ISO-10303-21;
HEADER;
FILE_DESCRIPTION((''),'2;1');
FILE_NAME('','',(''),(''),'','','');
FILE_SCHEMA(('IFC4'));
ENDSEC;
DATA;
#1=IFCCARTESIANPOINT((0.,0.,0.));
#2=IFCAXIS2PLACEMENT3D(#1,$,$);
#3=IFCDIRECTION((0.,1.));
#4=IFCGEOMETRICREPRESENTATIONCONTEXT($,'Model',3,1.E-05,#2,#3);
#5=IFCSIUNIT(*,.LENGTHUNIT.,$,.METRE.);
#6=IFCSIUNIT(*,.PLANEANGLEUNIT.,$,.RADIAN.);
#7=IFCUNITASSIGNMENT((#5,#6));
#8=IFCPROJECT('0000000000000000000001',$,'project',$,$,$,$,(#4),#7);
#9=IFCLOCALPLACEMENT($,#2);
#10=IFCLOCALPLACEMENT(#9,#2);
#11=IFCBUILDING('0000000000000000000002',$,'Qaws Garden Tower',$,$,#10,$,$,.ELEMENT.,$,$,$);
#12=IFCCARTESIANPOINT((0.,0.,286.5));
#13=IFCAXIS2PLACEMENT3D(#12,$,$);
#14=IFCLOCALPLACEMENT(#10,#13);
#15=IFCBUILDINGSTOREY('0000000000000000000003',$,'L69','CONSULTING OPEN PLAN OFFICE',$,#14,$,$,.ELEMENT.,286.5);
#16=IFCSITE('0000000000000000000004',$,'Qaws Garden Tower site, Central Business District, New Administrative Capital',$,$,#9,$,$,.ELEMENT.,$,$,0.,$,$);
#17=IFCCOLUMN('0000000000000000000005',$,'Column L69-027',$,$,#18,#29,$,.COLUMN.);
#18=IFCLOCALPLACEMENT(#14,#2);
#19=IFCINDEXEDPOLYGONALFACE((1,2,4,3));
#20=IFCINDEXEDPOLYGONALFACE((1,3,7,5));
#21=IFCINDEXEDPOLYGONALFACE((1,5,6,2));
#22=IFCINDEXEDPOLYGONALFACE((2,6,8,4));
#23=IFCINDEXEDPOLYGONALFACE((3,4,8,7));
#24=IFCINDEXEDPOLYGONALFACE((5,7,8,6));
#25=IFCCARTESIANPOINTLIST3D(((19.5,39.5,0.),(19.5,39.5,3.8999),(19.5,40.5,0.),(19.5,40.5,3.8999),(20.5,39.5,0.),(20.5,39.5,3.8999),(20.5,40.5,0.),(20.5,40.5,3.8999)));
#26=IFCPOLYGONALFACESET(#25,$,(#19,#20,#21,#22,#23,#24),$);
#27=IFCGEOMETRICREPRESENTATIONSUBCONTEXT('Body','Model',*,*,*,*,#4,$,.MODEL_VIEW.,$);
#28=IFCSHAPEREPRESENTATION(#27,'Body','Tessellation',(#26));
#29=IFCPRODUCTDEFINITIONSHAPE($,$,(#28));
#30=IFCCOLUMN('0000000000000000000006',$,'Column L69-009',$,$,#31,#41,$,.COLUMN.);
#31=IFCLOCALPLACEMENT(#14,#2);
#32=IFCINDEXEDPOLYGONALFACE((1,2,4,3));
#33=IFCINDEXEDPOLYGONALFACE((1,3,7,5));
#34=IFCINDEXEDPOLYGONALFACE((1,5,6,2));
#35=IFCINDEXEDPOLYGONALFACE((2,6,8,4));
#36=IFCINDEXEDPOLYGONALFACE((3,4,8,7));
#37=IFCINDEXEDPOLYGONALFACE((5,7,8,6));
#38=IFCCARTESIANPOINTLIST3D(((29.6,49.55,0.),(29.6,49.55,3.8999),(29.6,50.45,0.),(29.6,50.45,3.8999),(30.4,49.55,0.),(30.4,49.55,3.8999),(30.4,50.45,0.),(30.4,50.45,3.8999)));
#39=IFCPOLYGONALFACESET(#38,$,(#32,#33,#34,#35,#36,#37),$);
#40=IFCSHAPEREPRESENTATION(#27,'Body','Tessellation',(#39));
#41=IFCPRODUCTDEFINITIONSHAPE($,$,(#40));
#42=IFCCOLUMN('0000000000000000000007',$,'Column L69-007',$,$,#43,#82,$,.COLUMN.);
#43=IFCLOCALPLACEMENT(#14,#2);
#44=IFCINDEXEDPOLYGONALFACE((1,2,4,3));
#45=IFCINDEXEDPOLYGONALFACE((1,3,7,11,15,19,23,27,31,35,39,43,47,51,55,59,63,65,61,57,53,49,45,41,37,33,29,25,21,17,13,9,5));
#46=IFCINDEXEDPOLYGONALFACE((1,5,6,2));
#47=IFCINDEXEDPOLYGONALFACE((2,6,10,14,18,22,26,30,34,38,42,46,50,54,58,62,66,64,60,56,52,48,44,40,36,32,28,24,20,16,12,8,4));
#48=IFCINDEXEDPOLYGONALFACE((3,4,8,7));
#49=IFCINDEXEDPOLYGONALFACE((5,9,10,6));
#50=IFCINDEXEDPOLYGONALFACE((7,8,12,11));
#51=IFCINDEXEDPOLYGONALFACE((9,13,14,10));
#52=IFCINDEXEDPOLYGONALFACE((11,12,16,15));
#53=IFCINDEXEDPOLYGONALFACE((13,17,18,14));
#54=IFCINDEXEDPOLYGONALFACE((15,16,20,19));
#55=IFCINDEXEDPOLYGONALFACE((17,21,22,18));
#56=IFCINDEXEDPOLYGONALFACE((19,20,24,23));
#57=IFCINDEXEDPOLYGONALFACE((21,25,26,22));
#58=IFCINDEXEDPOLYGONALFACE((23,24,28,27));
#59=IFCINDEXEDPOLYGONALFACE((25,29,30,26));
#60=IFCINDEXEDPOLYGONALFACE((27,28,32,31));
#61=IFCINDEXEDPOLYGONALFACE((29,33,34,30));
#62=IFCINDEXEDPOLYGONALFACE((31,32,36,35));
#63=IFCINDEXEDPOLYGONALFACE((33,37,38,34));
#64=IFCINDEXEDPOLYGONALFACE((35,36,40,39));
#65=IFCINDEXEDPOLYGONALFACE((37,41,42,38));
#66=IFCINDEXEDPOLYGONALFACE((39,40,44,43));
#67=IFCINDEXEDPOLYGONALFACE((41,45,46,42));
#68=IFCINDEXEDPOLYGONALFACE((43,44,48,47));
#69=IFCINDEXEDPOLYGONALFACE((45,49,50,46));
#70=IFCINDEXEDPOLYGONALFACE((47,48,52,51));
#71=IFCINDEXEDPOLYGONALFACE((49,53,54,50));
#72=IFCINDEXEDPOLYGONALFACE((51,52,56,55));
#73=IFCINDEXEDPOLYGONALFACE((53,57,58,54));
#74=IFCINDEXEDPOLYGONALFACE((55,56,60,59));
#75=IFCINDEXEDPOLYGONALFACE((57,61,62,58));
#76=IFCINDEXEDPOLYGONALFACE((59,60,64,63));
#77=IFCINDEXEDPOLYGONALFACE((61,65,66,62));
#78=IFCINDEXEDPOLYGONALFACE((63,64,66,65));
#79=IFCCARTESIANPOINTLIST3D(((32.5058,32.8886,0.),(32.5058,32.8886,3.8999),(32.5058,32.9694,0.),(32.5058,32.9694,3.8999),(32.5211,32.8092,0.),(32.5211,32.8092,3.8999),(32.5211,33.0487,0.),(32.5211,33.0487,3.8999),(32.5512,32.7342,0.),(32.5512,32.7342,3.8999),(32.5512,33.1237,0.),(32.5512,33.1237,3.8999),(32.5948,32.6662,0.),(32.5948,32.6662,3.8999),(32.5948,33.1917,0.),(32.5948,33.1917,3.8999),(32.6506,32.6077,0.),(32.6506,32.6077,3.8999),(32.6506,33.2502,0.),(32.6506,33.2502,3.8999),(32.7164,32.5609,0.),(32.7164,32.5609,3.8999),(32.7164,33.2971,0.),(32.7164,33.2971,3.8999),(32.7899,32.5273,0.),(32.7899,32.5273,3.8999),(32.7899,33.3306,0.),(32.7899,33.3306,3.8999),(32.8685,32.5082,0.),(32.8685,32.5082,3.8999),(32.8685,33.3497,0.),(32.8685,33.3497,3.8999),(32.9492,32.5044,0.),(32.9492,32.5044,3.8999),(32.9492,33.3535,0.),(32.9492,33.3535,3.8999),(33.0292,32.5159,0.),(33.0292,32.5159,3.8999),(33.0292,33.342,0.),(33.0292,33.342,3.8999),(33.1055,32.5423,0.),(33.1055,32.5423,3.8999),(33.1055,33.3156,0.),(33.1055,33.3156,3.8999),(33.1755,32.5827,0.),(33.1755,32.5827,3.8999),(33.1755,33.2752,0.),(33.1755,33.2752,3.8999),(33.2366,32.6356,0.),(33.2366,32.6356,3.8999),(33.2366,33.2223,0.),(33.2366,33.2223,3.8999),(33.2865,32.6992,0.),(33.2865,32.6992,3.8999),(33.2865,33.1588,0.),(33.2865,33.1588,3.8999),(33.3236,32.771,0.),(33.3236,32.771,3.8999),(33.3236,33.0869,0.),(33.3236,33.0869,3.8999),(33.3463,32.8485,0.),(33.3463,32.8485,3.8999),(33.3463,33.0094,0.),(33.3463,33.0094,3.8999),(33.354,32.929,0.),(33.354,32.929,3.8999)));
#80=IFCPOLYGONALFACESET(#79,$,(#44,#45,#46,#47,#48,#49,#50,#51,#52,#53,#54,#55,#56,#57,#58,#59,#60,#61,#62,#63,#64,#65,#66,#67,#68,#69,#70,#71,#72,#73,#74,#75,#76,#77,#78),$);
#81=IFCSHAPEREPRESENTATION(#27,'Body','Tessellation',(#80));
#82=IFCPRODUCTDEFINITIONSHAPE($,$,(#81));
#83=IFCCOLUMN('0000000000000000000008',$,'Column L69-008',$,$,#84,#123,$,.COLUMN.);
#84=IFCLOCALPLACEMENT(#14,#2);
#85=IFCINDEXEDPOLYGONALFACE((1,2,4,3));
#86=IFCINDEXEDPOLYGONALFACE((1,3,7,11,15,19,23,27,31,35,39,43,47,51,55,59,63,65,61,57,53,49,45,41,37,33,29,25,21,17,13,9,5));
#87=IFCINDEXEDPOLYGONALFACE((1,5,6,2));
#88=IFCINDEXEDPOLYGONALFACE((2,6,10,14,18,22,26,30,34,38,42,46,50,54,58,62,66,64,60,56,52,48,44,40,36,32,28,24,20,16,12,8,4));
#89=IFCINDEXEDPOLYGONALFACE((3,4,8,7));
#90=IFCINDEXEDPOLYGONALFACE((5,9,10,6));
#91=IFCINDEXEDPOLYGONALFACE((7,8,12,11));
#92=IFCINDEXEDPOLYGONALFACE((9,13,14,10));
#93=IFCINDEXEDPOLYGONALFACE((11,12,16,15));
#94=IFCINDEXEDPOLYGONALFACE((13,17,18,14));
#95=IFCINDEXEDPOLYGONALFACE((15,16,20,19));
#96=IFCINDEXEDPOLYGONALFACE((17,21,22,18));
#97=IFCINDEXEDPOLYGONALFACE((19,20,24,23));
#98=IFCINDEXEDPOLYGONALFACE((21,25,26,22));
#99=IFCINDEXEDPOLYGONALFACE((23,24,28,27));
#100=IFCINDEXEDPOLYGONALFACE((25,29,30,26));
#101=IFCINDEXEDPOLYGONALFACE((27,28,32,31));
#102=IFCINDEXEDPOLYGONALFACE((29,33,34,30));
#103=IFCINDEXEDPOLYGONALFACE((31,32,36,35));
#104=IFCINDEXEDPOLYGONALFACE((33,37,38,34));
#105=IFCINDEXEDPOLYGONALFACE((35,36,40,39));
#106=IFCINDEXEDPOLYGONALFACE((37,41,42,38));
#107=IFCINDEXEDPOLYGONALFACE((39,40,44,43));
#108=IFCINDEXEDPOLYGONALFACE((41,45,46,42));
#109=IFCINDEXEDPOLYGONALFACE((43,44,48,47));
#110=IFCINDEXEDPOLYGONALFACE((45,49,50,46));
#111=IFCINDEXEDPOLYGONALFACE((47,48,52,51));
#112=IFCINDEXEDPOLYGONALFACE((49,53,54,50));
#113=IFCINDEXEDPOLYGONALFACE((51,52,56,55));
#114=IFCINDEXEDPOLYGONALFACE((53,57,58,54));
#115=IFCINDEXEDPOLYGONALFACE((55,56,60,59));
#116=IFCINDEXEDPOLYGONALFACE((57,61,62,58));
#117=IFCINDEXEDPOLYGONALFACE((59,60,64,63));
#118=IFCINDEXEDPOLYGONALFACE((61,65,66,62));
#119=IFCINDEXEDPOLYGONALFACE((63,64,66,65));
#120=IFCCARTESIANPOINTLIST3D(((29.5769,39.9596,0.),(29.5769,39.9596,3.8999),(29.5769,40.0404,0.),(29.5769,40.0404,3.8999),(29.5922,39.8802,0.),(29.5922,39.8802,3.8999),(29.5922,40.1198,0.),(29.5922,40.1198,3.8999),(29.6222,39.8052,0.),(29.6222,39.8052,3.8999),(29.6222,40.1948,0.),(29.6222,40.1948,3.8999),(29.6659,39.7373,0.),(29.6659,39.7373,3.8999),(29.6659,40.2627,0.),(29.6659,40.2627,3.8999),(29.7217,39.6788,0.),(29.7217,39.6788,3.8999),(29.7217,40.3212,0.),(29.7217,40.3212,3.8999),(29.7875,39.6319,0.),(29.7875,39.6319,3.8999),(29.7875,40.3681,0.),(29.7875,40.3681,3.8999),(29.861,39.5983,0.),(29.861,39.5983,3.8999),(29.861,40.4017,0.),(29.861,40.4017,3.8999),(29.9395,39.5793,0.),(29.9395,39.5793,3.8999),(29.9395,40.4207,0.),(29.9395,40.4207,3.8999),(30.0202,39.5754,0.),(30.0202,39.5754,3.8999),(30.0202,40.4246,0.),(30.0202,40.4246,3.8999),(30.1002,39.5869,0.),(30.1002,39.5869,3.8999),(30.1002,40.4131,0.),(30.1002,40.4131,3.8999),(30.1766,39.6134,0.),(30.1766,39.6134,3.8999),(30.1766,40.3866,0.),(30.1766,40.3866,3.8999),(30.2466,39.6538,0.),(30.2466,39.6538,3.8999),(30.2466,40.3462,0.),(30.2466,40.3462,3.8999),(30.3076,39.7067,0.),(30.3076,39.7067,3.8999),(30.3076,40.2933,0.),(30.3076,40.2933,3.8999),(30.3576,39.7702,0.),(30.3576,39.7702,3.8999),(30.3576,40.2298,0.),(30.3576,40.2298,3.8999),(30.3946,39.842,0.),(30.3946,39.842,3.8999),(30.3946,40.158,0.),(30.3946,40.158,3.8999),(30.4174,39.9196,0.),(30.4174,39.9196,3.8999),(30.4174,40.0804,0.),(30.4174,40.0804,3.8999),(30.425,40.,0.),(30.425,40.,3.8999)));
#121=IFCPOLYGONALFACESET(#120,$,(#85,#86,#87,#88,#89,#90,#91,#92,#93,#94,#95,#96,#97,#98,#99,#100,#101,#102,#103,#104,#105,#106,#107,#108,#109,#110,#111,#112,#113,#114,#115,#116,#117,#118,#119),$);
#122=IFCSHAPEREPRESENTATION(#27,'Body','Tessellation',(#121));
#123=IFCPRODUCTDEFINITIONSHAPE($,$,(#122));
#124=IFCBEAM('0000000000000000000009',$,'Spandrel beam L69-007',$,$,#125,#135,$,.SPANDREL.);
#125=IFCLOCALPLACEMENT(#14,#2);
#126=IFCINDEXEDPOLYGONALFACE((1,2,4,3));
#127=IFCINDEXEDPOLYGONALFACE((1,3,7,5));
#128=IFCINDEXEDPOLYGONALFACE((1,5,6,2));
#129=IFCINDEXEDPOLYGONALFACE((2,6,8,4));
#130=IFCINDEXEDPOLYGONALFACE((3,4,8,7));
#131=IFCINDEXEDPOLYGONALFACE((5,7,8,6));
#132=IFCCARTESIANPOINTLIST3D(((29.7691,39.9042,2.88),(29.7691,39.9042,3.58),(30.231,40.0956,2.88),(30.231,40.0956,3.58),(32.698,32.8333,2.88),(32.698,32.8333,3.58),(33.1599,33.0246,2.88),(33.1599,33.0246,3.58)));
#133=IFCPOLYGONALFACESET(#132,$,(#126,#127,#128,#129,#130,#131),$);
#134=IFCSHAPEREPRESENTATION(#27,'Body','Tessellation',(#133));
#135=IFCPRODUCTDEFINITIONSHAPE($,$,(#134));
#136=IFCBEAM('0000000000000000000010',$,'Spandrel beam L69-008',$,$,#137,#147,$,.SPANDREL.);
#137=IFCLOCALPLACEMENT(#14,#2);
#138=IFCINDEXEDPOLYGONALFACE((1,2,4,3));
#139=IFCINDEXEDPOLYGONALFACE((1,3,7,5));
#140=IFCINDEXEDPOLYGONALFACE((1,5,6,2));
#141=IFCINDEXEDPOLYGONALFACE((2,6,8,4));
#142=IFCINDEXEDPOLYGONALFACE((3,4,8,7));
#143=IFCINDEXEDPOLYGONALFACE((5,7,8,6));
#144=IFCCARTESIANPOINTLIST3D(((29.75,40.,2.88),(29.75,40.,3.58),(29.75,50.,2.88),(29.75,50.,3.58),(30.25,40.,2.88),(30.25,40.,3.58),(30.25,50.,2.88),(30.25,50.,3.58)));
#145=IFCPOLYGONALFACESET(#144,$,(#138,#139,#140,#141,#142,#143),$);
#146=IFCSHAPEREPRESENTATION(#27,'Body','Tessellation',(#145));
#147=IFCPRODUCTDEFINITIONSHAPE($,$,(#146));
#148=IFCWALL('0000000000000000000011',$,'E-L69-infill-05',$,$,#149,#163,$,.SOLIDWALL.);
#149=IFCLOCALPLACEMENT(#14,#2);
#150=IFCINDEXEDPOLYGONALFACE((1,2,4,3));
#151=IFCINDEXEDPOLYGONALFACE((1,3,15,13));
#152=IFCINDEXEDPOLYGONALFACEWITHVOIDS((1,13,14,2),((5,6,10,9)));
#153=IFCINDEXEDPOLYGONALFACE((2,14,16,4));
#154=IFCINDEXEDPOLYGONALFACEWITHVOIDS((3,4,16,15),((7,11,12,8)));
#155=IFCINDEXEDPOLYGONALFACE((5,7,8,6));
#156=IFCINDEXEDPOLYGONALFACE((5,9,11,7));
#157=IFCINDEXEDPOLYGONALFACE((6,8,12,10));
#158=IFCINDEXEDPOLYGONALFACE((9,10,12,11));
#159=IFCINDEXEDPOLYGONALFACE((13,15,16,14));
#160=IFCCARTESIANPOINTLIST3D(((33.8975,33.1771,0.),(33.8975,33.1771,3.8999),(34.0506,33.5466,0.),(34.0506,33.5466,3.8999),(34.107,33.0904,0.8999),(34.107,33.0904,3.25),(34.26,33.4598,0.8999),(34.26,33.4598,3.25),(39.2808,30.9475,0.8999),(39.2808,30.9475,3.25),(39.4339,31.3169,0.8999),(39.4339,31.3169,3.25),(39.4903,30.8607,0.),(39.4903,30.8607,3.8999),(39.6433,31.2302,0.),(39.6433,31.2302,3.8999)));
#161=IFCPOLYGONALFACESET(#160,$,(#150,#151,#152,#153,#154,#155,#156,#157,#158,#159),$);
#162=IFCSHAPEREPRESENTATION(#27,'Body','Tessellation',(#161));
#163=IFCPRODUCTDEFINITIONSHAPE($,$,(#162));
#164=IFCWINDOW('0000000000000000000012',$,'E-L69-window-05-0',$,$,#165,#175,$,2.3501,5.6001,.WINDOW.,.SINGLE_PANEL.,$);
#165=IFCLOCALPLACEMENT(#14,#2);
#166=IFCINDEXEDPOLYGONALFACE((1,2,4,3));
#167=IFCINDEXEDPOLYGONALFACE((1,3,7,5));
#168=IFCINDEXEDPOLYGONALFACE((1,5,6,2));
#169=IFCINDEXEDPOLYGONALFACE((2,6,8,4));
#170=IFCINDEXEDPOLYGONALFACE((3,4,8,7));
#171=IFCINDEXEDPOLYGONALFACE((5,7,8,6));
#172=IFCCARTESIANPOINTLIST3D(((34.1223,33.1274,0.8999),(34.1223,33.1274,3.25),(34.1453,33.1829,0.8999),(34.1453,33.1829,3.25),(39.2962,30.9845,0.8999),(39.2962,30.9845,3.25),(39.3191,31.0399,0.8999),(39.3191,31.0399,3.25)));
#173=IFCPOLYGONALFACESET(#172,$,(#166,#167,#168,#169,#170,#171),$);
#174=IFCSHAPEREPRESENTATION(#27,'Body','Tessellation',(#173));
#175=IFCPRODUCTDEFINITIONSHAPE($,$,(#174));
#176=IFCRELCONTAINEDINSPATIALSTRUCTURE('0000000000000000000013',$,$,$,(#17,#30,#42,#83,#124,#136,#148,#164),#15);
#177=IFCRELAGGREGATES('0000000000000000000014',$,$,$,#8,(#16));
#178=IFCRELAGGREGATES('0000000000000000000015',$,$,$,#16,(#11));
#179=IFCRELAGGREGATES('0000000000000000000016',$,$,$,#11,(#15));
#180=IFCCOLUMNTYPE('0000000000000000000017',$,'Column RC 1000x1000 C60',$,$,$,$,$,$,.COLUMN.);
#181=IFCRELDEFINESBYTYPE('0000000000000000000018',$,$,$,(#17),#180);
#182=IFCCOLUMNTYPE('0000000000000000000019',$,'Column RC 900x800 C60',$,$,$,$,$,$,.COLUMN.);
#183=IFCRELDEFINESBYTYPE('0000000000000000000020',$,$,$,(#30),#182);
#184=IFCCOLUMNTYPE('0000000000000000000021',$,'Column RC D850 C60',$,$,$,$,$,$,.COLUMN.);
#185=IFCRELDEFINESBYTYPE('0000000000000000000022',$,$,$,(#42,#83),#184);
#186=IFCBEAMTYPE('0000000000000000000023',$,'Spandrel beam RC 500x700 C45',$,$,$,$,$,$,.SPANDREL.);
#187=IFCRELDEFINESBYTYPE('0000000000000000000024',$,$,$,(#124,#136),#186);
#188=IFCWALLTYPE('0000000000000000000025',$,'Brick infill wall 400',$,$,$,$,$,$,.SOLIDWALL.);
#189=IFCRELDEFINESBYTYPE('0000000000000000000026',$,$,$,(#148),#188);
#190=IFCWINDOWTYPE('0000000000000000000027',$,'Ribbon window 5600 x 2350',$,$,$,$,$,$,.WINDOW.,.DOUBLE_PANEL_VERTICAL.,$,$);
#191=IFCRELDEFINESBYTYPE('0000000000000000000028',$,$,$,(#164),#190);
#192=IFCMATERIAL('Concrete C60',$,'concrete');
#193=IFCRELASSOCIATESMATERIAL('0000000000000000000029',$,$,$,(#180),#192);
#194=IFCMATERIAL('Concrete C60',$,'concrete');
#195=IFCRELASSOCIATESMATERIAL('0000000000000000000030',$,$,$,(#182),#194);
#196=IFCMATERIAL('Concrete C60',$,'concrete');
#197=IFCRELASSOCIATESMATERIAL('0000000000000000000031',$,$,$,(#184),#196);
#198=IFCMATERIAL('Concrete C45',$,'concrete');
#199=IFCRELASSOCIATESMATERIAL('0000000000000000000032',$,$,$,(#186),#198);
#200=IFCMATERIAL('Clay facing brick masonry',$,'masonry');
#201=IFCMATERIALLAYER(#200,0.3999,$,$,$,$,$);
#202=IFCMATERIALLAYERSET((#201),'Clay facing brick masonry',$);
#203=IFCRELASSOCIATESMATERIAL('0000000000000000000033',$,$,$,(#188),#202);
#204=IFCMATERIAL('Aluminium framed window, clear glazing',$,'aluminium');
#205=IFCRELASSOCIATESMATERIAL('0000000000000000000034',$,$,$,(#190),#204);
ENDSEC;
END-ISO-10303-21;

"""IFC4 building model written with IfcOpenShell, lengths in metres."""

from ifc_helpers import new_model, si_unit, direction, frame, frame_2d, origin, origin_2d, place, context, subcontext, project, spatial, rectangle, circle, extrude, material, layer, layer_set, material_profile, profile_set, type_object, element, fill, save


model = new_model("IFC4")

# Units and contexts
model_context = context("Model", 3, precision=1e-05, world=origin(), true_north=direction((0.0, 1.0)))
body_context = subcontext(model_context, "Body", "Model", "MODEL_VIEW")
ifc_project = project(units=[si_unit("LENGTHUNIT", "METRE"), si_unit("PLANEANGLEUNIT", "RADIAN")], contexts=[model_context])

# Site, building, storey
site_placement = place(None, origin())
site = spatial("IfcSite", under=ifc_project, at=site_placement, Name="Qaws Garden Tower site, Central Business District, New Administrative Capital", CompositionType="ELEMENT", RefElevation=0.0)
building_placement = place(site_placement, origin())
building = spatial("IfcBuilding", under=site, at=building_placement, Name="Qaws Garden Tower", CompositionType="ELEMENT")
storey_placement = place(building_placement, frame((0.0, 0.0, 286.5)))
storey = spatial("IfcBuildingStorey", under=building, at=storey_placement, Name="L69", Description="CONSULTING OPEN PLAN OFFICE", CompositionType="ELEMENT", Elevation=286.5)

# Columns
ifc_material_1 = material(Name="Concrete C60", Category="concrete")
ifc_material_profile_1 = material_profile(ifc_material_1, rectangle(XDim=1.0, YDim=1.0, at=origin_2d()), Name="RC 1000x1000")
ifc_profile_set_1 = profile_set([ifc_material_profile_1], Name="Concrete C60")
column_type_1 = type_object("IfcColumnType", Name="Column RC 1000x1000 C60", PredefinedType="COLUMN", material=ifc_profile_set_1)
column_1_placement = place(storey_placement, frame((20.0, 40.0, 0.0), z_axis=(0.0, 0.0, 1.0), x_axis=(1.0, 0.0, 0.0)))
element("IfcColumn", 1, at=column_1_placement, inside=storey, type_object=column_type_1, Name="Column L69-027", PredefinedType="COLUMN", context=body_context, shape_type="SweptSolid", body=[
    extrude(rectangle(XDim=1.0, YDim=1.0, at=origin_2d()), origin(), (0.0, 0.0, 1.0), 3.8999),
])
ifc_material_2 = material(Name="Concrete C60", Category="concrete")
ifc_material_profile_2 = material_profile(ifc_material_2, rectangle(XDim=0.8999, YDim=0.8, at=origin_2d()), Name="RC 900x800")
ifc_profile_set_2 = profile_set([ifc_material_profile_2], Name="Concrete C60")
column_type_2 = type_object("IfcColumnType", Name="Column RC 900x800 C60", PredefinedType="COLUMN", material=ifc_profile_set_2)
column_2_placement = place(storey_placement, frame((30.0, 50.0, 0.0), z_axis=(0.0, 0.0, 1.0), x_axis=(0.0, 1.0, 0.0)))
element("IfcColumn", 2, at=column_2_placement, inside=storey, type_object=column_type_2, Name="Column L69-009", PredefinedType="COLUMN", context=body_context, shape_type="SweptSolid", body=[
    extrude(rectangle(XDim=0.8999, YDim=0.8, at=origin_2d()), origin(), (0.0, 0.0, 1.0), 3.8999),
])
ifc_material_3 = material(Name="Concrete C60", Category="concrete")
ifc_material_profile_3 = material_profile(ifc_material_3, circle(Radius=0.425, at=origin_2d()), Name="RC D850")
ifc_profile_set_3 = profile_set([ifc_material_profile_3], Name="Concrete C60")
column_type_3 = type_object("IfcColumnType", Name="Column RC D850 C60", PredefinedType="COLUMN", material=ifc_profile_set_3)
for number, where, z_axis, x_axis, name in (
    (3, (32.929, 32.929, 0.0), (0.0, 0.0, 1.0), (1.0, 0.0, 0.0), "Column L69-007"),
    (4, (30.0, 40.0, 0.0), (0.0, 0.0, 1.0), (1.0, 0.0, 0.0), "Column L69-008"),
):
    element("IfcColumn", number, at=place(storey_placement, frame(where, z_axis=z_axis, x_axis=x_axis)), inside=storey, type_object=column_type_3, Name=name, PredefinedType="COLUMN", context=body_context, shape_type="SweptSolid", body=[
        extrude(circle(Radius=0.425, at=origin_2d()), origin(), (0.0, 0.0, 1.0), 3.8999),
    ])

# Beams
ifc_material_4 = material(Name="Concrete C45", Category="concrete")
ifc_material_profile_4 = material_profile(ifc_material_4, rectangle(XDim=0.5, YDim=0.7, at=origin_2d()), Name="RC 500x700")
ifc_profile_set_4 = profile_set([ifc_material_profile_4], Name="Concrete C45")
beam_type = type_object("IfcBeamType", Name="Spandrel beam RC 500x700 C45", PredefinedType="SPANDREL", material=ifc_profile_set_4)
beam_1_placement = place(storey_placement, frame((32.929, 32.929, 3.23), z_axis=(-0.382687, 0.923878, 0.0), x_axis=(-0.923878, -0.382687, 0.0)))
element("IfcBeam", 5, at=beam_1_placement, inside=storey, type_object=beam_type, Name="Spandrel beam L69-007", PredefinedType="SPANDREL", context=body_context, shape_type="SweptSolid", body=[
    extrude(rectangle(XDim=0.5, YDim=0.7, at=origin_2d()), origin(), (0.0, 0.0, 1.0), 7.6536),
])
beam_2_placement = place(storey_placement, frame((30.0, 40.0, 3.23), z_axis=(0.0, 1.0, 0.0), x_axis=(-1.0, 0.0, 0.0)))
element("IfcBeam", 6, at=beam_2_placement, inside=storey, type_object=beam_type, Name="Spandrel beam L69-008", PredefinedType="SPANDREL", context=body_context, shape_type="SweptSolid", body=[
    extrude(rectangle(XDim=0.5, YDim=0.7, at=origin_2d()), origin(), (0.0, 0.0, 1.0), 10.0),
])

# Wall, opening, window
ifc_material_5 = material(Name="Clay facing brick masonry", Category="masonry")
ifc_layer_1 = layer(ifc_material_5, 0.3999)
ifc_layer_set_1 = layer_set([ifc_layer_1], Name="Clay facing brick masonry")
wall_type_1 = type_object("IfcWallType", Name="Brick infill wall 400", PredefinedType="SOLIDWALL", material=ifc_layer_set_1)
wall_1_placement = place(storey_placement, frame((39.5669, 31.0454, 0.0), z_axis=(0.0, 0.0, 1.0), x_axis=(-0.923891, 0.382656, 0.0)))
wall_1 = element("IfcWall", 7, at=wall_1_placement, inside=storey, type_object=wall_type_1, Name="E-L69-infill-05", PredefinedType="SOLIDWALL", context=body_context, shape_type="SweptSolid", body=[
    extrude(rectangle(XDim=6.0535, YDim=0.3999, at=frame_2d((3.0269, 0.0))), origin(), (0.0, 0.0, 1.0), 3.8999),
])
opening_1_placement = place(wall_1_placement, frame((0.2268, 0.0, 0.8999)))
opening_1 = element("IfcOpeningElement", 8, at=opening_1_placement, cuts=wall_1, PredefinedType="OPENING", context=body_context, shape_type="SweptSolid", body=[
    extrude(rectangle(XDim=5.6001, YDim=2.3501, at=frame_2d((2.8, 1.175))), frame((0.0, 0.21, 0.0), z_axis=(0.0, -1.0, 0.0), x_axis=(1.0, 0.0, 0.0)), (0.0, 0.0, 1.0), 0.4199),
])
ifc_material_6 = material(Name="Aluminium framed window, clear glazing", Category="aluminium")
window_type_1 = type_object("IfcWindowType", Name="Ribbon window 5600 x 2350", PartitioningType="DOUBLE_PANEL_VERTICAL", PredefinedType="WINDOW", material=ifc_material_6)
window_1_placement = place(opening_1_placement, origin())
window_1 = element("IfcWindow", 9, at=window_1_placement, inside=storey, type_object=window_type_1, Name="E-L69-window-05-0", OverallHeight=2.3501, OverallWidth=5.6001, PartitioningType="SINGLE_PANEL", PredefinedType="WINDOW", context=body_context, shape_type="SweptSolid", body=[
    extrude(rectangle(XDim=5.6001, YDim=2.3501, at=frame_2d((2.8, 1.175))), frame((0.0, 0.1599, 0.0), z_axis=(0.0, -1.0, 0.0), x_axis=(1.0, 0.0, 0.0)), (0.0, 0.0, 1.0), 0.0601),
])
fill(opening_1, window_1)

save(model, "model.ifc")
